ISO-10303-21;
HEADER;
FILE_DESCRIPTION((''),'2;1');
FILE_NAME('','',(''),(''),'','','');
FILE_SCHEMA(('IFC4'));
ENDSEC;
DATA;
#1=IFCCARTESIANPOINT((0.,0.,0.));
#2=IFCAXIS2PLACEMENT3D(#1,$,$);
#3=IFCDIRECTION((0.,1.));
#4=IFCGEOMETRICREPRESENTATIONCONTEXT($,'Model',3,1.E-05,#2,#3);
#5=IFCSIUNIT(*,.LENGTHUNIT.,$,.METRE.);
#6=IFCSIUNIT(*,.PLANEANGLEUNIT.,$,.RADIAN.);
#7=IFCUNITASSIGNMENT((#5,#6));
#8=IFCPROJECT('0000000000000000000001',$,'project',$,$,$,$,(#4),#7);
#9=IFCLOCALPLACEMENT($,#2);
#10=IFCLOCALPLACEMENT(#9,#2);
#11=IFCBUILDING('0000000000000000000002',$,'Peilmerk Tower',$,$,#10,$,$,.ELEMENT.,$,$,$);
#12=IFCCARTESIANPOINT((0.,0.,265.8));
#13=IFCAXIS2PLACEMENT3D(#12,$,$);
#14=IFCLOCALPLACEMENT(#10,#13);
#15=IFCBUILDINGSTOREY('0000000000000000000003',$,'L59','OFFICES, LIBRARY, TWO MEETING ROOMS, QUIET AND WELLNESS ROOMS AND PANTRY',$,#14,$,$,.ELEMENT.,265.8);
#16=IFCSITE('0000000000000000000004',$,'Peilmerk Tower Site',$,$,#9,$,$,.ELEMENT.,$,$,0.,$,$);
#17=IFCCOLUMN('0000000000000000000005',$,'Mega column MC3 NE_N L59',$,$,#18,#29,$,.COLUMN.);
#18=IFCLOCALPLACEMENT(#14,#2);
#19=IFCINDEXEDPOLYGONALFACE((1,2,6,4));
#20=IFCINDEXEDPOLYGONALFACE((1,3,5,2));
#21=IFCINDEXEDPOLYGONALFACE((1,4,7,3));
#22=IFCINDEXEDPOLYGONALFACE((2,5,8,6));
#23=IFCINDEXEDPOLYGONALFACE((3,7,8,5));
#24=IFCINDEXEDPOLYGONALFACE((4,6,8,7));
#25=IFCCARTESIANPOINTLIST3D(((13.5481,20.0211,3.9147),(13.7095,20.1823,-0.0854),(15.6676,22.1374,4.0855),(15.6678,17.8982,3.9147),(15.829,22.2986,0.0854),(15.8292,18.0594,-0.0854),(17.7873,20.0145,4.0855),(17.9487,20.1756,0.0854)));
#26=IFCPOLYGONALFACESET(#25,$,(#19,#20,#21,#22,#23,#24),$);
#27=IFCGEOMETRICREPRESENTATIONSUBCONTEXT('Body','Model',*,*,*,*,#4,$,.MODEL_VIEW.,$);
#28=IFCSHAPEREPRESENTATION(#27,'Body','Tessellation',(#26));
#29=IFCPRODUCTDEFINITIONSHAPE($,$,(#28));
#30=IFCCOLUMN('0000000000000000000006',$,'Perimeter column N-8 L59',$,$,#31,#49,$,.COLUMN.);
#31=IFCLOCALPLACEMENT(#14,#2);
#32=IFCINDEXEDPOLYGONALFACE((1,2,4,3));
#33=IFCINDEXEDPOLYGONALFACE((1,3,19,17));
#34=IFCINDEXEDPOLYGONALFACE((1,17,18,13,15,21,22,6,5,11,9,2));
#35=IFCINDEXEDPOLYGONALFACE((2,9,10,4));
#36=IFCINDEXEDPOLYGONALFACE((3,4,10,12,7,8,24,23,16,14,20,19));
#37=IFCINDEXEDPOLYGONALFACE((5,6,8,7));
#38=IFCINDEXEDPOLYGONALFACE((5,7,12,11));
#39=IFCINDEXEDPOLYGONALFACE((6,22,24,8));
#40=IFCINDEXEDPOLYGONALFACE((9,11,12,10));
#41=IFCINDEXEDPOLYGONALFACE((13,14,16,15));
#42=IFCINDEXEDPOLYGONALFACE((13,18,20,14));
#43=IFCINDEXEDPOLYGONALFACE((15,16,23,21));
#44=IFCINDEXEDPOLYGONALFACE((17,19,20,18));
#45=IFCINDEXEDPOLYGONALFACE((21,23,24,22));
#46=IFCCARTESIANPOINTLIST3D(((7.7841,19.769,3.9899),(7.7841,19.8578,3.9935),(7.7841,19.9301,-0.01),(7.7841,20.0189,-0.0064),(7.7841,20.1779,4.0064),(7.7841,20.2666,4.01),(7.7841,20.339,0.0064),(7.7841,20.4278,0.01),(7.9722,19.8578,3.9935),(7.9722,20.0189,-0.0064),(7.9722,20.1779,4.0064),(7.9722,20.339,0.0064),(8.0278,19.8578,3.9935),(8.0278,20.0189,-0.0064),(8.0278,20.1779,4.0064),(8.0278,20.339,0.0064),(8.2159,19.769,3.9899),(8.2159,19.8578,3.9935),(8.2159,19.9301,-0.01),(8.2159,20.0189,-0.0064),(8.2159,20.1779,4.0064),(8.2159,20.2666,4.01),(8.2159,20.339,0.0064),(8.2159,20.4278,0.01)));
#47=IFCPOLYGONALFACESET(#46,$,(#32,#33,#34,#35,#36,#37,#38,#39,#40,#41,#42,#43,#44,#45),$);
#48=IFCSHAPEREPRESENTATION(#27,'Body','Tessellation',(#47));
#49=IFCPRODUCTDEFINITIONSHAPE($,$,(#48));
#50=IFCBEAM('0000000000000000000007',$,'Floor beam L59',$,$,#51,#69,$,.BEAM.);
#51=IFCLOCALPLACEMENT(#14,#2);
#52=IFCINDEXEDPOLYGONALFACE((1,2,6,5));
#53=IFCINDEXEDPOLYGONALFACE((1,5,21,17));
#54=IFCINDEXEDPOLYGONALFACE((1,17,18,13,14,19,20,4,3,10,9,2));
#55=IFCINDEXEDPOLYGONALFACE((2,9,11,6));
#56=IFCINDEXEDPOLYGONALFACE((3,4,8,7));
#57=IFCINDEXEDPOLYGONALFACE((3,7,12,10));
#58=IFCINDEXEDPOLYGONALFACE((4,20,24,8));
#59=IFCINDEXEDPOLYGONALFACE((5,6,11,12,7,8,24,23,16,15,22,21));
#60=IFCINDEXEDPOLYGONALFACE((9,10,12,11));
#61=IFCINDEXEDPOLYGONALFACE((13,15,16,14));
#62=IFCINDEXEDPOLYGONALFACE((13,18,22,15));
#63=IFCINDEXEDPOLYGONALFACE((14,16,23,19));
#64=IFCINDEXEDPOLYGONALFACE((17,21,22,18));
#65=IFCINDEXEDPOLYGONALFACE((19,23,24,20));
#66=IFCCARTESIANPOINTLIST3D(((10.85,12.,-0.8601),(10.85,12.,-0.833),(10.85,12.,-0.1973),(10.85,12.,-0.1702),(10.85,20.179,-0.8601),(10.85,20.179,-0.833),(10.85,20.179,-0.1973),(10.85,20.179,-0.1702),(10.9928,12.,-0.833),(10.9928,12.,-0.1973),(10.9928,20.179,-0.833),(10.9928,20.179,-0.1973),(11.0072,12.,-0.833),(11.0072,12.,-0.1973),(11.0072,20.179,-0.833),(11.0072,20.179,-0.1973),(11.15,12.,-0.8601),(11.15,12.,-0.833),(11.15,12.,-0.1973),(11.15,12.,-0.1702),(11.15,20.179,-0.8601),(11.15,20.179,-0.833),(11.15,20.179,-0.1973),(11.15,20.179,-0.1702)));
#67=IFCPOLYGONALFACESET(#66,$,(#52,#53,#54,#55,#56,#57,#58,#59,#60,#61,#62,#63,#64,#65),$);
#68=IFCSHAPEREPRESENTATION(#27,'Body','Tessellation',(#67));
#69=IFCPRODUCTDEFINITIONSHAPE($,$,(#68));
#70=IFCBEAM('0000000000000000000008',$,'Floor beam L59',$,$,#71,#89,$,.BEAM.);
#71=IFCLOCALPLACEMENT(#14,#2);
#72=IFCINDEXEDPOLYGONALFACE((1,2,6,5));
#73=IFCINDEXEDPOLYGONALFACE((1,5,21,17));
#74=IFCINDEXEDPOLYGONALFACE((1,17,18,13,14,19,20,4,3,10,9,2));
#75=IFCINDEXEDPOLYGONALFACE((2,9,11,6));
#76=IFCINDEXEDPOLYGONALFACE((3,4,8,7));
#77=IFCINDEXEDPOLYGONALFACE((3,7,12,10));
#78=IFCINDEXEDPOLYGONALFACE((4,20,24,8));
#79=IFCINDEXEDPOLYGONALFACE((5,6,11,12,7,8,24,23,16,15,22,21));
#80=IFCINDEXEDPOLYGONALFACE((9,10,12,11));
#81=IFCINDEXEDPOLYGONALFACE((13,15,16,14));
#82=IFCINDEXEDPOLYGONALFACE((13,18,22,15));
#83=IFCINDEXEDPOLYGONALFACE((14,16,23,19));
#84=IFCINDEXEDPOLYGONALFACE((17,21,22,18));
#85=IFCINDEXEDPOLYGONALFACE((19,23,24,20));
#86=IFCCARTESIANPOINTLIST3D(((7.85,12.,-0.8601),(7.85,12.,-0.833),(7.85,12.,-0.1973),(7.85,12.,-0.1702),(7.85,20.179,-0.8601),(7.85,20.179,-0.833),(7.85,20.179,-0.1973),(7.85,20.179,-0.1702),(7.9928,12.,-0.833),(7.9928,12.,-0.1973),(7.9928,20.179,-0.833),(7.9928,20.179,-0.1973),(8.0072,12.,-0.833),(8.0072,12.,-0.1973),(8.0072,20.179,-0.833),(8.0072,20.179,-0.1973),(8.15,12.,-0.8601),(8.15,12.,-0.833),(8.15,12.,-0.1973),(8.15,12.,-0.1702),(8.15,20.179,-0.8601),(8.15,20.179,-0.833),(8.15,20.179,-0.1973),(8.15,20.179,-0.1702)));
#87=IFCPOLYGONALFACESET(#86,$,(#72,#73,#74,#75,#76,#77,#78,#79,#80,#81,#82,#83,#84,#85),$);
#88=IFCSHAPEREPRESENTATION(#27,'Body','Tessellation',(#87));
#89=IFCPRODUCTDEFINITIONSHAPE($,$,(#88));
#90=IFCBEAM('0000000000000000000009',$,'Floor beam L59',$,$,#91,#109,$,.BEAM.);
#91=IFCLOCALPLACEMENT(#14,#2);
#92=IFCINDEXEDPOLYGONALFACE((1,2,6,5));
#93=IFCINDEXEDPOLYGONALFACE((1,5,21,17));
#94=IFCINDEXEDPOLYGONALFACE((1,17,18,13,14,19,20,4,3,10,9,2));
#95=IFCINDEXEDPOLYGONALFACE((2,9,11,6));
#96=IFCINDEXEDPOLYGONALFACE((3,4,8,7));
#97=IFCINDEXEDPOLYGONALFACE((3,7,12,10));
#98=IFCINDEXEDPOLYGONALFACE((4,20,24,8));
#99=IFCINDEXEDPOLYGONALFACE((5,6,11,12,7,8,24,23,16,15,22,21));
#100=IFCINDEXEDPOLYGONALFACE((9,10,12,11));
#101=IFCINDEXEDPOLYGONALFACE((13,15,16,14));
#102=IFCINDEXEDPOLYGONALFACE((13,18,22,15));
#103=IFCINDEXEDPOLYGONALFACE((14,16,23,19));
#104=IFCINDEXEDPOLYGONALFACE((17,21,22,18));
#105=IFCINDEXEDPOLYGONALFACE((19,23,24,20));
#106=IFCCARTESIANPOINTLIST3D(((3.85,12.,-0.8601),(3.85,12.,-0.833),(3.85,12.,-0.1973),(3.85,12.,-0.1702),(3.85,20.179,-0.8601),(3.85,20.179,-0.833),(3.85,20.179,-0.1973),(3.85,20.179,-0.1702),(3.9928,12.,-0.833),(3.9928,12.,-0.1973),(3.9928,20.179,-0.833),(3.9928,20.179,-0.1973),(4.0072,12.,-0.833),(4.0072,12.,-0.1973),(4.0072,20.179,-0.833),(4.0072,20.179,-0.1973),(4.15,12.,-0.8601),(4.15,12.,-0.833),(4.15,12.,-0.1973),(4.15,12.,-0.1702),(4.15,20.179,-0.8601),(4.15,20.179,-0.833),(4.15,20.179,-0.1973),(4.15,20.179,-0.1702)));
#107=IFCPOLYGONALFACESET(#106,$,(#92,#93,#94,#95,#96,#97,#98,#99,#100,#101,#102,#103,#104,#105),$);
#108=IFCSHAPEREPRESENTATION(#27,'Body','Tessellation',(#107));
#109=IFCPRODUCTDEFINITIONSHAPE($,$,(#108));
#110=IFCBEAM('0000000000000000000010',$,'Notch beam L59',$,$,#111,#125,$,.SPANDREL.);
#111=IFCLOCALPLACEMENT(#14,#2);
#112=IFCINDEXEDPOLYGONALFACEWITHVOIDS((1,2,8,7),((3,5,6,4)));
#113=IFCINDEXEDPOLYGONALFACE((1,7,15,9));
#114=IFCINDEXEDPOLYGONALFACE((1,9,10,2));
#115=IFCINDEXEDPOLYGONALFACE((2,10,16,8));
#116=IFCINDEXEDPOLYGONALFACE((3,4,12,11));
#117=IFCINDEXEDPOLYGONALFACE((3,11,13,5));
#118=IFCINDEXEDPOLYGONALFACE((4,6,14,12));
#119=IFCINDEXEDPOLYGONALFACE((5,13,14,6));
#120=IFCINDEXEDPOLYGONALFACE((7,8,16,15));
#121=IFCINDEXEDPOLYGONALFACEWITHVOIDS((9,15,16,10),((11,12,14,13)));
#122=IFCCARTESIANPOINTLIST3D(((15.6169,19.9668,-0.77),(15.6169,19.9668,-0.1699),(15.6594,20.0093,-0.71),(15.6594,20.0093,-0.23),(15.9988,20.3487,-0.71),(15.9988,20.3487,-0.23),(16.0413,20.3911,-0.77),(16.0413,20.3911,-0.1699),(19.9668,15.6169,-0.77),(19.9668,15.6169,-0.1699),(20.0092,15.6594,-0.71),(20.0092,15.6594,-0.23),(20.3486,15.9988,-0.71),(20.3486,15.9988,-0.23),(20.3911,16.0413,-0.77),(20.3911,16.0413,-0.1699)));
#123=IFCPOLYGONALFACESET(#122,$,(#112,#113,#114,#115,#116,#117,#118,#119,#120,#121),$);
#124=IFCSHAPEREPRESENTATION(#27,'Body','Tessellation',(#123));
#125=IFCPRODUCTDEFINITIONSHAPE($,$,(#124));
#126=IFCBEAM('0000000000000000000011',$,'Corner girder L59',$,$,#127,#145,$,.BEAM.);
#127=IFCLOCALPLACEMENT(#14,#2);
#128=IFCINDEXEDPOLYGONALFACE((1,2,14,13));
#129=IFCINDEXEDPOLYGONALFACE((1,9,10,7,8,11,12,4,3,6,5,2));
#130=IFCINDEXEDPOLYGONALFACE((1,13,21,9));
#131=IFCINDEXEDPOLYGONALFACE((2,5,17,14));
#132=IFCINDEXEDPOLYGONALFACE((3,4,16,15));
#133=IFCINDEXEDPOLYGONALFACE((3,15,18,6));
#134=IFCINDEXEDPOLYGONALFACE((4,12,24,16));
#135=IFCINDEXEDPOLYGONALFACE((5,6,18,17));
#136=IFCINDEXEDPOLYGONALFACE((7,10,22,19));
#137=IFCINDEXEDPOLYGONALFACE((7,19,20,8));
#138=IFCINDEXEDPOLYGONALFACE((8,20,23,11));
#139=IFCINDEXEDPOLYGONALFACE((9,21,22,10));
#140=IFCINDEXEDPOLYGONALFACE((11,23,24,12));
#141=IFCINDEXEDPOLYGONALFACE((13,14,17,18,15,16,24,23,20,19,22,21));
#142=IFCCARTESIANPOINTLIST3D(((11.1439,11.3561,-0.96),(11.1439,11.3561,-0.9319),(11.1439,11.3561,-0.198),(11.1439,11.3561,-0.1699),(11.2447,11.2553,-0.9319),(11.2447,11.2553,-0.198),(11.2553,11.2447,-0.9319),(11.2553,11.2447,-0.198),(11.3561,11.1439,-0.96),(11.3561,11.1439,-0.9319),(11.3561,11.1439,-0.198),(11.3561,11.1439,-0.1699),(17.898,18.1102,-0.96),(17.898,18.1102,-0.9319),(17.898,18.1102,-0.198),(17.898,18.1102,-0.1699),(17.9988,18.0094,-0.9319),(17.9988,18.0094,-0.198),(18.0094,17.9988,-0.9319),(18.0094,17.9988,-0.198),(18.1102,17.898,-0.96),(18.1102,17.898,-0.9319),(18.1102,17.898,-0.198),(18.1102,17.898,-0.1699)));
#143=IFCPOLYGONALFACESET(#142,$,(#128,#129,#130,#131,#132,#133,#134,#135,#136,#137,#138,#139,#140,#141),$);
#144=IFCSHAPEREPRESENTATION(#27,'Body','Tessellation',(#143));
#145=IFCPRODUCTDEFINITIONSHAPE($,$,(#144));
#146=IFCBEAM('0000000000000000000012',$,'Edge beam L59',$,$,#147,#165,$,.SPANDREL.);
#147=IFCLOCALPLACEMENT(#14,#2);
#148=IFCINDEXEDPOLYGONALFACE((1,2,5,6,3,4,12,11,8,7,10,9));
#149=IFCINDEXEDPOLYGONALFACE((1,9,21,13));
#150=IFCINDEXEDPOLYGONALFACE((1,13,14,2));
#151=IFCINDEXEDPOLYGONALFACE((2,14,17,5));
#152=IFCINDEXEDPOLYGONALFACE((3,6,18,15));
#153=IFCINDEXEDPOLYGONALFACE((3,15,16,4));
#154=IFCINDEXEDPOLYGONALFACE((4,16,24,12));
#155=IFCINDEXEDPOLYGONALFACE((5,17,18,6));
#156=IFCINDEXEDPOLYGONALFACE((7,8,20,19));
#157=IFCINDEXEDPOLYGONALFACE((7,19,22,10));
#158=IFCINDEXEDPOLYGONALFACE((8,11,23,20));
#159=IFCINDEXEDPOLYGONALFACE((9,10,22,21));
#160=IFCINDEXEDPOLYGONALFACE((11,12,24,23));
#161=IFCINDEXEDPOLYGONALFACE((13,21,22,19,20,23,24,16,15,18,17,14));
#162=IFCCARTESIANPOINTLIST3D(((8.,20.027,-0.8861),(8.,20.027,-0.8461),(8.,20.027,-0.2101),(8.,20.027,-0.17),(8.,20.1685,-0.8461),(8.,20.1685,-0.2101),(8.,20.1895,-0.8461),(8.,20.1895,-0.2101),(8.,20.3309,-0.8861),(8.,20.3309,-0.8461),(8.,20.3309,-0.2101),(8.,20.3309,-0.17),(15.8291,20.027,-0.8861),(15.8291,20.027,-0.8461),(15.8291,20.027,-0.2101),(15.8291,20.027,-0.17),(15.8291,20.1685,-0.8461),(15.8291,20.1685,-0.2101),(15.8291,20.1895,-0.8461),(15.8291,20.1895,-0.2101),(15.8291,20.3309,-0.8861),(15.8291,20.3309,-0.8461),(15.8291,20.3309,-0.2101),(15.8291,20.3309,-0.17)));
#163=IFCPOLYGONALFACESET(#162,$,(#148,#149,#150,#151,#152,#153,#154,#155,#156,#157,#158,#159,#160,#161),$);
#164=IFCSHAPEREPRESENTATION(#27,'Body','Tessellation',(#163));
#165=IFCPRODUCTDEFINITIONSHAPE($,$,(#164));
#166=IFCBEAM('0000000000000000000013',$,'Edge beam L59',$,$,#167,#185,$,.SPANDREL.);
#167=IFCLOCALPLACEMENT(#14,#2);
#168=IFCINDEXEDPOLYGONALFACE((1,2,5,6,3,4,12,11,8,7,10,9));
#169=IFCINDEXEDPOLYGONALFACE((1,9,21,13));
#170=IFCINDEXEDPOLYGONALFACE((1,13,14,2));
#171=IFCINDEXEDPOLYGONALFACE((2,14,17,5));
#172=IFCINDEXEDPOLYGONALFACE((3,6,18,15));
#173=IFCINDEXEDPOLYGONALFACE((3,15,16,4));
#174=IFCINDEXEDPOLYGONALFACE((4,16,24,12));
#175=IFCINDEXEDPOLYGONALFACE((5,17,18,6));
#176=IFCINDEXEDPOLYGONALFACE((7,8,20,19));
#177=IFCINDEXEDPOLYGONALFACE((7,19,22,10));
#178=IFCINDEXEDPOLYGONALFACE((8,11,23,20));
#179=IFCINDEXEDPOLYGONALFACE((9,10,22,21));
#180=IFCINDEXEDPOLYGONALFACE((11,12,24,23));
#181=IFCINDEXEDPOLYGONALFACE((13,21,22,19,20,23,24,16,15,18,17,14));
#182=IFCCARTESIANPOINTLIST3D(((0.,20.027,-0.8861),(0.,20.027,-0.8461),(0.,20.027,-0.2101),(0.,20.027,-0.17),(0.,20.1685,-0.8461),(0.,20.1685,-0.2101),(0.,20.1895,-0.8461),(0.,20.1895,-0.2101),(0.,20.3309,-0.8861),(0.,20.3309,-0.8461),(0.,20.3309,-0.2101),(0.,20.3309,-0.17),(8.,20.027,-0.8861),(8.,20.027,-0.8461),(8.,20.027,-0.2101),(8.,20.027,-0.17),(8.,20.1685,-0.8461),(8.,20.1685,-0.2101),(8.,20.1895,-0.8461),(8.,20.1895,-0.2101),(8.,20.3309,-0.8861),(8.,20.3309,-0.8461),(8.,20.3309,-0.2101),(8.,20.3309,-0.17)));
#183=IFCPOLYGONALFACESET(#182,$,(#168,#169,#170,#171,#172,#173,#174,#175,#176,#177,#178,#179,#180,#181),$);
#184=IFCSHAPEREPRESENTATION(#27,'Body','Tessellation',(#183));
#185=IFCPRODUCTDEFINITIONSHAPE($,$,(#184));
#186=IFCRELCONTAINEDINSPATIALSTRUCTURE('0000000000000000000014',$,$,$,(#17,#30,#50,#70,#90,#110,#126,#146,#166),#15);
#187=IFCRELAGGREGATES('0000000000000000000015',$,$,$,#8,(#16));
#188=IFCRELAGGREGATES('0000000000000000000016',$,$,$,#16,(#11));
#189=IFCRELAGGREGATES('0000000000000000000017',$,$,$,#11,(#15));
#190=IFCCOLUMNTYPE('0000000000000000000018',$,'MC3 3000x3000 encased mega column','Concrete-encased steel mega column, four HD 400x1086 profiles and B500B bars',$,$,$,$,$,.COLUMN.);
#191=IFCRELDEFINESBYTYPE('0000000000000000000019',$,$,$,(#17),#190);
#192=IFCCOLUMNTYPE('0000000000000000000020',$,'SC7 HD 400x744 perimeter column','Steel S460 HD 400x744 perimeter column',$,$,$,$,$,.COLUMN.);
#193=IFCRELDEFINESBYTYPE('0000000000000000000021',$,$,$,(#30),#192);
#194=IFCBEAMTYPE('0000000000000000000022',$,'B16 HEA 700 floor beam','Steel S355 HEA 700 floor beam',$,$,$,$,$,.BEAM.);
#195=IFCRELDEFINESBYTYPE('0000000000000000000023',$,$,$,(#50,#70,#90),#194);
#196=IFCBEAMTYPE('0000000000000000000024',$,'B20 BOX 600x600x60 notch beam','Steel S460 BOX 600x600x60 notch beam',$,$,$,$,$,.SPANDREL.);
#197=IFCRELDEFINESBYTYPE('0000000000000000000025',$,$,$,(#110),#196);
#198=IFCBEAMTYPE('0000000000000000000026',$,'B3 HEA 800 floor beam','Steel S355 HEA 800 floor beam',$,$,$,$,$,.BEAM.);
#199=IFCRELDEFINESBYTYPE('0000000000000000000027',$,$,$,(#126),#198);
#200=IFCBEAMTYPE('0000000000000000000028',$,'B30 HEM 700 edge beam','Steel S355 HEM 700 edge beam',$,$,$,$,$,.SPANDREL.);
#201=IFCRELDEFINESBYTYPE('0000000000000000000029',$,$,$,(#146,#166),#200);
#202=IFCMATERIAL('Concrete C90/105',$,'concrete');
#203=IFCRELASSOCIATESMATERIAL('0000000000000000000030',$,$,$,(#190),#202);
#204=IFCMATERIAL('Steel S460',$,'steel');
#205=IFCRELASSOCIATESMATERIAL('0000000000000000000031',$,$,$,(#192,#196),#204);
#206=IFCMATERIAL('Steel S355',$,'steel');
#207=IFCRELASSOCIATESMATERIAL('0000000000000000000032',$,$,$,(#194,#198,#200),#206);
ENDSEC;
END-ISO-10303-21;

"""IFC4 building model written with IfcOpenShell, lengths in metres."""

from ifc_helpers import new_model, si_unit, direction, frame, origin, origin_2d, place, context, subcontext, project, spatial, rectangle, hollow_rectangle, i_section, extrude, material, material_profile, profile_set, type_object, element, save


model = new_model("IFC4")

# Units and contexts
model_context = context("Model", 3, precision=1e-05, world=origin(), true_north=direction((0.0, 1.0)))
body_context = subcontext(model_context, "Body", "Model", "MODEL_VIEW")
ifc_project = project(units=[si_unit("LENGTHUNIT", "METRE"), si_unit("PLANEANGLEUNIT", "RADIAN")], contexts=[model_context])

# Site, building, storey
site_placement = place(None, origin())
site = spatial("IfcSite", under=ifc_project, at=site_placement, Name="Peilmerk Tower Site", CompositionType="ELEMENT", RefElevation=0.0)
building_placement = place(site_placement, origin())
building = spatial("IfcBuilding", under=site, at=building_placement, Name="Peilmerk Tower", CompositionType="ELEMENT")
storey_placement = place(building_placement, frame((0.0, 0.0, 265.8)))
storey = spatial("IfcBuildingStorey", under=building, at=storey_placement, Name="L59", Description="OFFICES, LIBRARY, TWO MEETING ROOMS, QUIET AND WELLNESS ROOMS AND PANTRY", CompositionType="ELEMENT", Elevation=265.8)

# Columns
ifc_material_1 = material(Name="Concrete C90/105", Category="concrete")
ifc_material_profile_1 = material_profile(ifc_material_1, rectangle(XDim=3.0, YDim=3.0, at=origin_2d()), Name="RC 3000x3000")
ifc_profile_set_1 = profile_set([ifc_material_profile_1], Name="Concrete C90/105")
column_type_1 = type_object("IfcColumnType", Name="MC3 3000x3000 encased mega column", Description="Concrete-encased steel mega column, four HD 400x1086 profiles and B500B bars", PredefinedType="COLUMN", material=ifc_profile_set_1)
column_1_placement = place(storey_placement, frame((15.8291, 20.179, 0.0), z_axis=(-0.040279, -0.040218, 0.998379), x_axis=(0.706571, -0.707642, 0.0)))
element("IfcColumn", 1, at=column_1_placement, inside=storey, type_object=column_type_1, Name="Mega column MC3 NE_N L59", PredefinedType="COLUMN", context=body_context, shape_type="SweptSolid", body=[
    extrude(rectangle(XDim=3.0, YDim=3.0, at=origin_2d()), origin(), (0.0, 0.0, 1.0), 4.0066),
])
ifc_material_2 = material(Name="Steel S460", Category="steel")
ifc_material_profile_2 = material_profile(ifc_material_2, i_section(OverallWidth=0.4319, OverallDepth=0.498, WebThickness=0.0557, FlangeThickness=0.0889, at=origin_2d()), Name="HD 400x744")
ifc_profile_set_2 = profile_set([ifc_material_profile_2], Name="Steel S460")
column_type_2 = type_object("IfcColumnType", Name="SC7 HD 400x744 perimeter column", Description="Steel S460 HD 400x744 perimeter column", PredefinedType="COLUMN", material=ifc_profile_set_2)
column_2_placement = place(storey_placement, frame((8.0, 20.179, 0.0), z_axis=(0.0, -0.040251, 0.99919), x_axis=(1.0, 0.0, 0.0)))
element("IfcColumn", 2, at=column_2_placement, inside=storey, type_object=column_type_2, Name="Perimeter column N-8 L59", PredefinedType="COLUMN", context=body_context, shape_type="SweptSolid", body=[
    extrude(i_section(OverallWidth=0.4319, OverallDepth=0.498, WebThickness=0.0557, FlangeThickness=0.0889, at=origin_2d()), origin(), (0.0, 0.0, 1.0), 4.0032),
])

# Beams
ifc_material_3 = material(Name="Steel S355", Category="steel")
ifc_material_profile_3 = material_profile(ifc_material_3, i_section(OverallWidth=0.3, OverallDepth=0.6899, WebThickness=0.0144, FlangeThickness=0.0271, at=origin_2d()), Name="HEA 700")
ifc_profile_set_3 = profile_set([ifc_material_profile_3], Name="Steel S355")
beam_type_1 = type_object("IfcBeamType", Name="B16 HEA 700 floor beam", Description="Steel S355 HEA 700 floor beam", PredefinedType="BEAM", material=ifc_profile_set_3)
for number, where, z_axis, x_axis, name in (
    (3, (11.0, 12.0, -0.5151), (0.0, 1.0, 0.0), (-1.0, 0.0, 0.0), "Floor beam L59"),
    (4, (8.0, 12.0, -0.5151), (0.0, 1.0, 0.0), (-1.0, 0.0, 0.0), "Floor beam L59"),
    (5, (4.0, 12.0, -0.5151), (0.0, 1.0, 0.0), (-1.0, 0.0, 0.0), "Floor beam L59"),
):
    element("IfcBeam", number, at=place(storey_placement, frame(where, z_axis=z_axis, x_axis=x_axis)), inside=storey, type_object=beam_type_1, Name=name, PredefinedType="BEAM", context=body_context, shape_type="SweptSolid", body=[
        extrude(i_section(OverallWidth=0.3, OverallDepth=0.6899, WebThickness=0.0144, FlangeThickness=0.0271, at=origin_2d()), origin(), (0.0, 0.0, 1.0), 8.179),
    ])
ifc_material_profile_4 = material_profile(ifc_material_2, hollow_rectangle(XDim=0.6001, YDim=0.6001, WallThickness=0.0601, at=origin_2d()), Name="BOX 600x600x60")
ifc_profile_set_4 = profile_set([ifc_material_profile_4], Name="Steel S460")
beam_type_2 = type_object("IfcBeamType", Name="B20 BOX 600x600x60 notch beam", Description="Steel S460 BOX 600x600x60 notch beam", PredefinedType="SPANDREL", material=ifc_profile_set_4)
beam_1_placement = place(storey_placement, frame((15.8291, 20.179, -0.47), z_axis=(0.707107, -0.707107, 0.0), x_axis=(0.707107, 0.707107, 0.0)))
element("IfcBeam", 6, at=beam_1_placement, inside=storey, type_object=beam_type_2, Name="Notch beam L59", PredefinedType="SPANDREL", context=body_context, shape_type="SweptSolid", body=[
    extrude(hollow_rectangle(XDim=0.6001, YDim=0.6001, WallThickness=0.0601, at=origin_2d()), origin(), (0.0, 0.0, 1.0), 6.1516),
])
ifc_material_profile_5 = material_profile(ifc_material_3, i_section(OverallWidth=0.3, OverallDepth=0.79, WebThickness=0.0149, FlangeThickness=0.0281, at=origin_2d()), Name="HEA 800")
ifc_profile_set_5 = profile_set([ifc_material_profile_5], Name="Steel S355")
beam_type_3 = type_object("IfcBeamType", Name="B3 HEA 800 floor beam", Description="Steel S355 HEA 800 floor beam", PredefinedType="BEAM", material=ifc_profile_set_5)
beam_2_placement = place(storey_placement, frame((11.25, 11.25, -0.5649), z_axis=(0.707107, 0.707107, 0.0), x_axis=(-0.707107, 0.707107, 0.0)))
element("IfcBeam", 7, at=beam_2_placement, inside=storey, type_object=beam_type_3, Name="Corner girder L59", PredefinedType="BEAM", context=body_context, shape_type="SweptSolid", body=[
    extrude(i_section(OverallWidth=0.3, OverallDepth=0.79, WebThickness=0.0149, FlangeThickness=0.0281, at=origin_2d()), origin(), (0.0, 0.0, 1.0), 9.5518),
])
ifc_material_profile_6 = material_profile(ifc_material_3, i_section(OverallWidth=0.304, OverallDepth=0.7161, WebThickness=0.021, FlangeThickness=0.04, at=origin_2d()), Name="HEM 700")
ifc_profile_set_6 = profile_set([ifc_material_profile_6], Name="Steel S355")
beam_type_4 = type_object("IfcBeamType", Name="B30 HEM 700 edge beam", Description="Steel S355 HEM 700 edge beam", PredefinedType="SPANDREL", material=ifc_profile_set_6)
beam_3_placement = place(storey_placement, frame((15.8291, 20.179, -0.5281), z_axis=(-1.0, 0.0, 0.0), x_axis=(0.0, -1.0, 0.0)))
element("IfcBeam", 8, at=beam_3_placement, inside=storey, type_object=beam_type_4, Name="Edge beam L59", PredefinedType="SPANDREL", context=body_context, shape_type="SweptSolid", body=[
    extrude(i_section(OverallWidth=0.304, OverallDepth=0.7161, WebThickness=0.021, FlangeThickness=0.04, at=origin_2d()), origin(), (0.0, 0.0, 1.0), 7.8291),
])
beam_4_placement = place(storey_placement, frame((8.0, 20.179, -0.5281), z_axis=(-1.0, 0.0, 0.0), x_axis=(0.0, -1.0, 0.0)))
element("IfcBeam", 9, at=beam_4_placement, inside=storey, type_object=beam_type_4, Name="Edge beam L59", PredefinedType="SPANDREL", context=body_context, shape_type="SweptSolid", body=[
    extrude(i_section(OverallWidth=0.304, OverallDepth=0.7161, WebThickness=0.021, FlangeThickness=0.04, at=origin_2d()), origin(), (0.0, 0.0, 1.0), 8.0),
])

save(model, "model.ifc")
